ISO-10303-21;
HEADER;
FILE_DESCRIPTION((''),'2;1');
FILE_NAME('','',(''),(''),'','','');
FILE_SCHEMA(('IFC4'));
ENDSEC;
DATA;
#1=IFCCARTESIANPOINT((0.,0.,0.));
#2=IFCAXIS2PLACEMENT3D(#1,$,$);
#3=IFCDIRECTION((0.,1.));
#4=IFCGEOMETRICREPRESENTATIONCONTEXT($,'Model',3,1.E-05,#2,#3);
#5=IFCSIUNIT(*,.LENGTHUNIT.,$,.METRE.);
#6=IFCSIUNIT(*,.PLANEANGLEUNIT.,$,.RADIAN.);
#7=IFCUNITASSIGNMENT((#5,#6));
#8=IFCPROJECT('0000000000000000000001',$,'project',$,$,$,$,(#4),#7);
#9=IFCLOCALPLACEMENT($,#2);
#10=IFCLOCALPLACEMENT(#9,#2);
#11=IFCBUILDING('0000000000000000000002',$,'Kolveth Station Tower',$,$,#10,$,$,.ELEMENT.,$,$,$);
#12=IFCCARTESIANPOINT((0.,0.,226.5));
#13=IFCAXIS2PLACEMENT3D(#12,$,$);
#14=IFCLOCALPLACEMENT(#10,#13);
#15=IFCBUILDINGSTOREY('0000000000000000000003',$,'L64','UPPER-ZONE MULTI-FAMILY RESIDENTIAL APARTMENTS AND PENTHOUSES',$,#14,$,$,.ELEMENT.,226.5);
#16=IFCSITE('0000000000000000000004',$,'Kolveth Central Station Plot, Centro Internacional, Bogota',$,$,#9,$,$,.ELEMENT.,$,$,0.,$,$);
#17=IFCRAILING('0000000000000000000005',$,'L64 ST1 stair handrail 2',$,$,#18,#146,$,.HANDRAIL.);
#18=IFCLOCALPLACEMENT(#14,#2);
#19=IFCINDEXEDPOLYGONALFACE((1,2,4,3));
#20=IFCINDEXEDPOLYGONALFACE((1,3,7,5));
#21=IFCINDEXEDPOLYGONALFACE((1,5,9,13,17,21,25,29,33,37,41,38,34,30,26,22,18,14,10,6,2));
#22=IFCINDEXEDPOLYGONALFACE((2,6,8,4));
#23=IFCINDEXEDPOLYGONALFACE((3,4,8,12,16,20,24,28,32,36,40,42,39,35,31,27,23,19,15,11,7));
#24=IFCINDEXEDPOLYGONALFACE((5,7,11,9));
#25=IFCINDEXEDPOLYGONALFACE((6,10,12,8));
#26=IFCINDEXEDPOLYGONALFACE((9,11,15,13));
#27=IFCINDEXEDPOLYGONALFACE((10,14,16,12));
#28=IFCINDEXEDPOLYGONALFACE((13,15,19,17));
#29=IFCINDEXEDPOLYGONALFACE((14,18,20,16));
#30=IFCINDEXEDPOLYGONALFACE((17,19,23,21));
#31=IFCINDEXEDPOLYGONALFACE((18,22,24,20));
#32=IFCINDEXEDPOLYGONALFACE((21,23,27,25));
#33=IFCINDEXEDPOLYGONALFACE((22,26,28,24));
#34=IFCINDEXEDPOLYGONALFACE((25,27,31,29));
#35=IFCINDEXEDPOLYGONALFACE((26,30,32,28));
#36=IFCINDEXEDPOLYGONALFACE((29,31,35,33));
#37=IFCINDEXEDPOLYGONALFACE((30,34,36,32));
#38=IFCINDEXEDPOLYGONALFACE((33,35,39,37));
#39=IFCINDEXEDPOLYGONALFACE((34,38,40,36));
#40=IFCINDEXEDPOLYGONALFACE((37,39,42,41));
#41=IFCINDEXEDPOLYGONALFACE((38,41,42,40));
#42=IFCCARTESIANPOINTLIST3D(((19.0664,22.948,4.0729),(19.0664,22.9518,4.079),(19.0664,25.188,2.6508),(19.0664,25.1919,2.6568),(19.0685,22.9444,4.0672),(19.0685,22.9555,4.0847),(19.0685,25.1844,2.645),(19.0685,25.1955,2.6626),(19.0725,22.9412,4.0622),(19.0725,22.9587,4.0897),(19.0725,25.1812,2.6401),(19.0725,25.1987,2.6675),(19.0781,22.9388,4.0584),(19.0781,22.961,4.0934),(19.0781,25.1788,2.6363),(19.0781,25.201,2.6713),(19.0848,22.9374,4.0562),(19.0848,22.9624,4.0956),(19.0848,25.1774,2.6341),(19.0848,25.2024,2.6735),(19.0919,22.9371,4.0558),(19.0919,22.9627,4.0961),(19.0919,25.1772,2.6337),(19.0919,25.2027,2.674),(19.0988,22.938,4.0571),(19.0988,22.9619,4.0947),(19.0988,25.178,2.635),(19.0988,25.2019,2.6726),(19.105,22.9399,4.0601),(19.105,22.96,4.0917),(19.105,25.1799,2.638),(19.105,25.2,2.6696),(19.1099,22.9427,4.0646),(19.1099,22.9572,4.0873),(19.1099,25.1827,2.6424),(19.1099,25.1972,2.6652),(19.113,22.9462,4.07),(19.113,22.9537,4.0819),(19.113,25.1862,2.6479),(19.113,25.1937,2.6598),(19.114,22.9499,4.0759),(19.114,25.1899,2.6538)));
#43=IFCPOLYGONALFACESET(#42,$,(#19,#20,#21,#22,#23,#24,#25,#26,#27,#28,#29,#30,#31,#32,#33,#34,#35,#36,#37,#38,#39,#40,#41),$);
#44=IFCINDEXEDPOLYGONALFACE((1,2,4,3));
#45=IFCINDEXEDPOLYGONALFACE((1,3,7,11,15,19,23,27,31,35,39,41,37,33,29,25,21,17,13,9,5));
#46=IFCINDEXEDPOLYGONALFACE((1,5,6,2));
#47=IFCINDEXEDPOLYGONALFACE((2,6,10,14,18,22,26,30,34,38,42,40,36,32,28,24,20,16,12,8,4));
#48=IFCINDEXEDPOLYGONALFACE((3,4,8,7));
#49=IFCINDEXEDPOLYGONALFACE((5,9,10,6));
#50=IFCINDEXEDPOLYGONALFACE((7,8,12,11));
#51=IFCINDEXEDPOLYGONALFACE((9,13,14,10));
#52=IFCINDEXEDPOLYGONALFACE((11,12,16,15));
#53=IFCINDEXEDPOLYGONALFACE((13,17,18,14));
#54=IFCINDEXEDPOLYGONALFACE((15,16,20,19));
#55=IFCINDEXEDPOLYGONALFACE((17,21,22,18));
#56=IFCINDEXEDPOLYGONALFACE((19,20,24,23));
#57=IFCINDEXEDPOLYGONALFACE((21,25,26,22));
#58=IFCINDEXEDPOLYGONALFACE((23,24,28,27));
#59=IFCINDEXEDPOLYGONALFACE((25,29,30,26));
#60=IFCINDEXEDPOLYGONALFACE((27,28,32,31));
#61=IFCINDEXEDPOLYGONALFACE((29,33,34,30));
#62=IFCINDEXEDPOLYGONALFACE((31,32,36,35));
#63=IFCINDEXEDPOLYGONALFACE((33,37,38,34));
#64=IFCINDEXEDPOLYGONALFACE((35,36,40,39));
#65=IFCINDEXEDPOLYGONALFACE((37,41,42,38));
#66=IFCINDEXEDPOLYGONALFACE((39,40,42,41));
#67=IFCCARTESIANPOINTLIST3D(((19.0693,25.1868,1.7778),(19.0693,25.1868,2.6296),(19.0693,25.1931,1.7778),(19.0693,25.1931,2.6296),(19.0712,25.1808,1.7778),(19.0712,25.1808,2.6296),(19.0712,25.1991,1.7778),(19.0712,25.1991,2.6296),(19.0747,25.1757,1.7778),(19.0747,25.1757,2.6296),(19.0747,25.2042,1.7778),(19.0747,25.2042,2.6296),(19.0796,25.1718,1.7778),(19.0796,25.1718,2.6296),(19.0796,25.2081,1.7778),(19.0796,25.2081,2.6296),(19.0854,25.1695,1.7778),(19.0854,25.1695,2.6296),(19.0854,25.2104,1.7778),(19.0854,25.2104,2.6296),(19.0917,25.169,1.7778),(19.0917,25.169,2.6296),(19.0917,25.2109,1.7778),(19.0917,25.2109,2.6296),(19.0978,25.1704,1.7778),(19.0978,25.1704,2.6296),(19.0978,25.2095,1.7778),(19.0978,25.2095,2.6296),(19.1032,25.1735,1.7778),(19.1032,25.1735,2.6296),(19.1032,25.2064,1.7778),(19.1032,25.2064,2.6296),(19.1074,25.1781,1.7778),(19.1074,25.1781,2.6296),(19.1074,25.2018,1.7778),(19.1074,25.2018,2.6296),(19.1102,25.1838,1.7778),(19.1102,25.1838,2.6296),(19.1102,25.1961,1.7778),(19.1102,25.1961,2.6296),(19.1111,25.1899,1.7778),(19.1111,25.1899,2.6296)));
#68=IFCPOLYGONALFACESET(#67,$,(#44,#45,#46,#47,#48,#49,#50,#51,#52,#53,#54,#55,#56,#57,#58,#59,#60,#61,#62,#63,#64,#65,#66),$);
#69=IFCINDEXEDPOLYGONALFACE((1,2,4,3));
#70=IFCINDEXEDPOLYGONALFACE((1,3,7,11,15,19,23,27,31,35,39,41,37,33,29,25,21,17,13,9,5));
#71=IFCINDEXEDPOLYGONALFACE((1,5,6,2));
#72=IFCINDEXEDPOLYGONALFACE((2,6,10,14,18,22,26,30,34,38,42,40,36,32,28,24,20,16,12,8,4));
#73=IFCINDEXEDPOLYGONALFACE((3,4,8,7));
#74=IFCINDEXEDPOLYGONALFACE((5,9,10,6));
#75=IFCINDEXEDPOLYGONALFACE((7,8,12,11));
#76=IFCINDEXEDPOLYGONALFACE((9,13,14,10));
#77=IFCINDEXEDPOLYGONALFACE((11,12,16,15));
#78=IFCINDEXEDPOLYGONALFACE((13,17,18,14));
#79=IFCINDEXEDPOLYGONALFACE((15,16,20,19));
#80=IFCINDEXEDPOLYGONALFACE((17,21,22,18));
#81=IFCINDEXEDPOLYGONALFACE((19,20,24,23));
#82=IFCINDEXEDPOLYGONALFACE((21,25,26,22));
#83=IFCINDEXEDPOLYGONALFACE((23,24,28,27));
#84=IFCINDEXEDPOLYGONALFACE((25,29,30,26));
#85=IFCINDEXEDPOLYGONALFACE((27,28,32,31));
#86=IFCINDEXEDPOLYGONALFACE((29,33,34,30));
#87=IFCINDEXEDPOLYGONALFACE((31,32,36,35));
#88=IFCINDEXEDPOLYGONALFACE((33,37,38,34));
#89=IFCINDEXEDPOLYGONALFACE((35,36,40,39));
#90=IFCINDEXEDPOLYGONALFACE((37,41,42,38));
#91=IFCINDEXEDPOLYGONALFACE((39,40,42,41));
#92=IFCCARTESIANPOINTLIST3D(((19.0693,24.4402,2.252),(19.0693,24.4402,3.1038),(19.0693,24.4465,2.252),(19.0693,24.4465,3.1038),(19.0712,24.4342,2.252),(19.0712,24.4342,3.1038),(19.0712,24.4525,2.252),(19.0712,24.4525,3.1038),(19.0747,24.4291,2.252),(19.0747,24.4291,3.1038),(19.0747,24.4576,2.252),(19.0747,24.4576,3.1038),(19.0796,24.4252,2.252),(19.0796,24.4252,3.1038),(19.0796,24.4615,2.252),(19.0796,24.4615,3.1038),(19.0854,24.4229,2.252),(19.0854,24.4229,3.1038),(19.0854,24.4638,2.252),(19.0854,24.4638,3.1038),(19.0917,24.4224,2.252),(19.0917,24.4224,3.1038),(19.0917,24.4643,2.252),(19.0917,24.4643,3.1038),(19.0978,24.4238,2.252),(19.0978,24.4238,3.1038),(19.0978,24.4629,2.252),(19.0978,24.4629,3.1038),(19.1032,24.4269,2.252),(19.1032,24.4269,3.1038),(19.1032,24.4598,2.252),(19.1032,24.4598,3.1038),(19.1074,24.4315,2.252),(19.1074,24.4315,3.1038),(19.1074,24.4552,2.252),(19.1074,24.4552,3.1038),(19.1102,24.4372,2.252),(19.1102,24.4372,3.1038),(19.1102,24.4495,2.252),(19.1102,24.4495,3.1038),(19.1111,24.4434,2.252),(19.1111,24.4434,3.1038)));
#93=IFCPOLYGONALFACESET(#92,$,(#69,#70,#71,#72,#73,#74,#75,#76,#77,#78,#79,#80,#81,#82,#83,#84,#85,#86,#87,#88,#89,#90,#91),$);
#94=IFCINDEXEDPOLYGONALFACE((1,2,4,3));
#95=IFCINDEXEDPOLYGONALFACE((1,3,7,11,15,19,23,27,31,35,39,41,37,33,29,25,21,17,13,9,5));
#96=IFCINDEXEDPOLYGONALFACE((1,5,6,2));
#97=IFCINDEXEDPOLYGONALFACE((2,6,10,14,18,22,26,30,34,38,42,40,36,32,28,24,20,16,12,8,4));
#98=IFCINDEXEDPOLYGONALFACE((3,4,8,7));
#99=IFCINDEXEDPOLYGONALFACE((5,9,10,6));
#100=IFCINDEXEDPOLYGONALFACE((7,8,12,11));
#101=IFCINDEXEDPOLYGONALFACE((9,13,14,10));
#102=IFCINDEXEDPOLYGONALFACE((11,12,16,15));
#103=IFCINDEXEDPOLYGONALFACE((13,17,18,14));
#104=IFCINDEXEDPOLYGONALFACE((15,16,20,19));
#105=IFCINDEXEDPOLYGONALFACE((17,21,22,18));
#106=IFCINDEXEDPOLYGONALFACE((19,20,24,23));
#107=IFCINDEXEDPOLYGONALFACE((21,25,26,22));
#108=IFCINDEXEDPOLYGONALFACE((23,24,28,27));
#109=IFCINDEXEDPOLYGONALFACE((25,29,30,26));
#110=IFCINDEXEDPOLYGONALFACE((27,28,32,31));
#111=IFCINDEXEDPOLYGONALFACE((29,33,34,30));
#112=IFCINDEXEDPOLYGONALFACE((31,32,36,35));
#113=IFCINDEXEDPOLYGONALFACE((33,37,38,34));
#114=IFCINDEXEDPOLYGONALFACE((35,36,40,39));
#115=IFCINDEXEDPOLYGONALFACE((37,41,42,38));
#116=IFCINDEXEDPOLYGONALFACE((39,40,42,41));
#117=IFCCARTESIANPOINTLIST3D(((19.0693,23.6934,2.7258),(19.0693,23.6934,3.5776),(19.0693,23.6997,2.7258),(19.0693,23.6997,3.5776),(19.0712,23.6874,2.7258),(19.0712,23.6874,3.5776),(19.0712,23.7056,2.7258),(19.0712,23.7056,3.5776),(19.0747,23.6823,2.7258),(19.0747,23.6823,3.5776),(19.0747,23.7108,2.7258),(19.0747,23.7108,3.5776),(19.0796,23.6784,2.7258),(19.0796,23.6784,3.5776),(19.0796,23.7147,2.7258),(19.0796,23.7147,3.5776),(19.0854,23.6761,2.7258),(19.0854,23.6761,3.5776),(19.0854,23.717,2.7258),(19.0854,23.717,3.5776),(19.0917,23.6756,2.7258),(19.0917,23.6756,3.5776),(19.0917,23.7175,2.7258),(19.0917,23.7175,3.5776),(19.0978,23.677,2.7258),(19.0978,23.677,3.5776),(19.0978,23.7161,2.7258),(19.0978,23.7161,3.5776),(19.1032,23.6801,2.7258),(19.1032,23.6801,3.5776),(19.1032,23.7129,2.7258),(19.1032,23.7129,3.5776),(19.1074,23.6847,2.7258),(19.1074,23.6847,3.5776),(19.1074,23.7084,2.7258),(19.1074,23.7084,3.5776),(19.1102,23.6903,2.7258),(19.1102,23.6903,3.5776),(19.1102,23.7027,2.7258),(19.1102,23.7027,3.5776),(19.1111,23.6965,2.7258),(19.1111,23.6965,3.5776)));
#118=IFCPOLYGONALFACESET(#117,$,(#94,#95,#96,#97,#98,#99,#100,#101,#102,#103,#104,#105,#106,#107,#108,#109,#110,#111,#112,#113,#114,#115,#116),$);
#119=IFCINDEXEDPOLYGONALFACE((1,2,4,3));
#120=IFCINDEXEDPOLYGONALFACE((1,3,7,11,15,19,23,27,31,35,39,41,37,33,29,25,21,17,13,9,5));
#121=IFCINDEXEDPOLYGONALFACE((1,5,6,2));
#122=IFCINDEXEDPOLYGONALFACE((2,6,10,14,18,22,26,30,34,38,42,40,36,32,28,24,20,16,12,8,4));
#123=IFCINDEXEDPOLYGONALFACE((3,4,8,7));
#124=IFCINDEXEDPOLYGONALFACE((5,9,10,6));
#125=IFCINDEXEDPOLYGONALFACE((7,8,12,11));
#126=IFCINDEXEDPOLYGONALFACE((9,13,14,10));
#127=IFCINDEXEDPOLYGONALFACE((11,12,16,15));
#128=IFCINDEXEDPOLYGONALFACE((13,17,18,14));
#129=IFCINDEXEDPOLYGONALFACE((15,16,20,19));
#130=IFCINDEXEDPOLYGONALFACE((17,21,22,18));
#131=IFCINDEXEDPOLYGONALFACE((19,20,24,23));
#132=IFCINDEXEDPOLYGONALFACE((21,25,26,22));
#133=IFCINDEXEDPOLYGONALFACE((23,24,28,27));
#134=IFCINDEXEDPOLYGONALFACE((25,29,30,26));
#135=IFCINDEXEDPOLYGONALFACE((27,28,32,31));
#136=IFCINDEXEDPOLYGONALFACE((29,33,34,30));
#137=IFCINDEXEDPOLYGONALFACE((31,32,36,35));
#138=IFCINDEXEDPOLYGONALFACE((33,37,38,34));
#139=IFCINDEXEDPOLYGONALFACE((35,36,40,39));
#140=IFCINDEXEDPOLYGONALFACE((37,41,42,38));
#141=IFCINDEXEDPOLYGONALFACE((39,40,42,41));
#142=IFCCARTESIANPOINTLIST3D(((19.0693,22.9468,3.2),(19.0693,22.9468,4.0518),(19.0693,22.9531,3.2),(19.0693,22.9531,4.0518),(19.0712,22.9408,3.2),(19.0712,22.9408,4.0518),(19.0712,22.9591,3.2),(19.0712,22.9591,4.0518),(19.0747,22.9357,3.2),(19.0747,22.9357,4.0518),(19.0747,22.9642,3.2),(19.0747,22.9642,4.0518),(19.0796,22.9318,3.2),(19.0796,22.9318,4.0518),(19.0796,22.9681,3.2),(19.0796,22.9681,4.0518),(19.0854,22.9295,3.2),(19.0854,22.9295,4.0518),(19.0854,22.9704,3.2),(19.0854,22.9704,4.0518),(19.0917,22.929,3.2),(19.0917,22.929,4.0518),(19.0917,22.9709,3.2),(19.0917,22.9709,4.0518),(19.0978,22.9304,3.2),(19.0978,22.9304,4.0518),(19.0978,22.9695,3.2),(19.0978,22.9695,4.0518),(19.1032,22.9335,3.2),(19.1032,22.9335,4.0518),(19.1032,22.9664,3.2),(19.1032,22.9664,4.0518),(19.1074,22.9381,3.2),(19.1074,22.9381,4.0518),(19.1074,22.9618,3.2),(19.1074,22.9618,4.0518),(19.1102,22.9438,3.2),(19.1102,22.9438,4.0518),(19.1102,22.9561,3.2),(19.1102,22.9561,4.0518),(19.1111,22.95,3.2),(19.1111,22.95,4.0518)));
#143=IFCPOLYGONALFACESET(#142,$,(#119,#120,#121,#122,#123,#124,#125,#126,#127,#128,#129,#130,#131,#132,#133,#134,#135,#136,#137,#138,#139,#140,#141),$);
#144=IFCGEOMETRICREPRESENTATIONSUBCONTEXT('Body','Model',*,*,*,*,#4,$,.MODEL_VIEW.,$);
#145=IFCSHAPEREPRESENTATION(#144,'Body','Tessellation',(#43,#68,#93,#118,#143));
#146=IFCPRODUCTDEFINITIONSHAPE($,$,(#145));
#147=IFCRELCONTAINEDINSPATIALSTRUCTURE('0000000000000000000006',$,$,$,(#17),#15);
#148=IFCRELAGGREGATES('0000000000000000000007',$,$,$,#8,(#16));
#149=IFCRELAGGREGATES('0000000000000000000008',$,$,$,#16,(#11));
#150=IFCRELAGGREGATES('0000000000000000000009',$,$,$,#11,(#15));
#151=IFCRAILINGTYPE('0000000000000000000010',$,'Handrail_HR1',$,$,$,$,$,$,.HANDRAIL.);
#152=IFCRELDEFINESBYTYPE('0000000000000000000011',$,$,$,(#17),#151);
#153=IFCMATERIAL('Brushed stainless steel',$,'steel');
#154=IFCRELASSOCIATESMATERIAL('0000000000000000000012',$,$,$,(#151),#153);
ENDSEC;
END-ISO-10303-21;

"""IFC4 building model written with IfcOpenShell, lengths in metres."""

from ifc_helpers import new_model, si_unit, direction, frame, origin, origin_2d, place, context, subcontext, project, spatial, circle, extrude, material, type_object, element, save


model = new_model("IFC4")

# Units and contexts
model_context = context("Model", 3, precision=1e-05, world=origin(), true_north=direction((0.0, 1.0)))
body_context = subcontext(model_context, "Body", "Model", "MODEL_VIEW")
ifc_project = project(units=[si_unit("LENGTHUNIT", "METRE"), si_unit("PLANEANGLEUNIT", "RADIAN")], contexts=[model_context])

# Site, building, storey
site_placement = place(None, origin())
site = spatial("IfcSite", under=ifc_project, at=site_placement, Name="Kolveth Central Station Plot, Centro Internacional, Bogota", CompositionType="ELEMENT", RefElevation=0.0)
building_placement = place(site_placement, origin())
building = spatial("IfcBuilding", under=site, at=building_placement, Name="Kolveth Station Tower", CompositionType="ELEMENT")
storey_placement = place(building_placement, frame((0.0, 0.0, 226.5)))
storey = spatial("IfcBuildingStorey", under=building, at=storey_placement, Name="L64", Description="UPPER-ZONE MULTI-FAMILY RESIDENTIAL APARTMENTS AND PENTHOUSES", CompositionType="ELEMENT", Elevation=226.5)

# Railing
ifc_material_1 = material(Name="Brushed stainless steel", Category="steel")
railing_type_1 = type_object("IfcRailingType", Name="Handrail_HR1", PredefinedType="HANDRAIL", material=ifc_material_1)
railing_1_placement = place(storey_placement, frame((19.0901, 25.1899, 1.7778)))
element("IfcRailing", 1, at=railing_1_placement, inside=storey, type_object=railing_type_1, Name="L64 ST1 stair handrail 2", PredefinedType="HANDRAIL", context=body_context, shape_type="SweptSolid", body=[
    extrude(circle(Radius=0.0239, at=origin_2d()), frame((0.0, 0.0, 0.876), z_axis=(0.0, -0.844229, 0.535982), x_axis=(1.0, 0.0, 0.0)), (0.0, 0.0, 1.0), 2.6533),
    extrude(circle(Radius=0.021, at=origin_2d()), origin(), (0.0, 0.0, 1.0), 0.8518),
    extrude(circle(Radius=0.021, at=origin_2d()), frame((0.0, -0.7466, 0.4741)), (0.0, 0.0, 1.0), 0.8518),
    extrude(circle(Radius=0.021, at=origin_2d()), frame((0.0, -1.4934, 0.948)), (0.0, 0.0, 1.0), 0.8518),
    extrude(circle(Radius=0.021, at=origin_2d()), frame((0.0, -2.24, 1.4221)), (0.0, 0.0, 1.0), 0.8518),
])

save(model, "model.ifc")
